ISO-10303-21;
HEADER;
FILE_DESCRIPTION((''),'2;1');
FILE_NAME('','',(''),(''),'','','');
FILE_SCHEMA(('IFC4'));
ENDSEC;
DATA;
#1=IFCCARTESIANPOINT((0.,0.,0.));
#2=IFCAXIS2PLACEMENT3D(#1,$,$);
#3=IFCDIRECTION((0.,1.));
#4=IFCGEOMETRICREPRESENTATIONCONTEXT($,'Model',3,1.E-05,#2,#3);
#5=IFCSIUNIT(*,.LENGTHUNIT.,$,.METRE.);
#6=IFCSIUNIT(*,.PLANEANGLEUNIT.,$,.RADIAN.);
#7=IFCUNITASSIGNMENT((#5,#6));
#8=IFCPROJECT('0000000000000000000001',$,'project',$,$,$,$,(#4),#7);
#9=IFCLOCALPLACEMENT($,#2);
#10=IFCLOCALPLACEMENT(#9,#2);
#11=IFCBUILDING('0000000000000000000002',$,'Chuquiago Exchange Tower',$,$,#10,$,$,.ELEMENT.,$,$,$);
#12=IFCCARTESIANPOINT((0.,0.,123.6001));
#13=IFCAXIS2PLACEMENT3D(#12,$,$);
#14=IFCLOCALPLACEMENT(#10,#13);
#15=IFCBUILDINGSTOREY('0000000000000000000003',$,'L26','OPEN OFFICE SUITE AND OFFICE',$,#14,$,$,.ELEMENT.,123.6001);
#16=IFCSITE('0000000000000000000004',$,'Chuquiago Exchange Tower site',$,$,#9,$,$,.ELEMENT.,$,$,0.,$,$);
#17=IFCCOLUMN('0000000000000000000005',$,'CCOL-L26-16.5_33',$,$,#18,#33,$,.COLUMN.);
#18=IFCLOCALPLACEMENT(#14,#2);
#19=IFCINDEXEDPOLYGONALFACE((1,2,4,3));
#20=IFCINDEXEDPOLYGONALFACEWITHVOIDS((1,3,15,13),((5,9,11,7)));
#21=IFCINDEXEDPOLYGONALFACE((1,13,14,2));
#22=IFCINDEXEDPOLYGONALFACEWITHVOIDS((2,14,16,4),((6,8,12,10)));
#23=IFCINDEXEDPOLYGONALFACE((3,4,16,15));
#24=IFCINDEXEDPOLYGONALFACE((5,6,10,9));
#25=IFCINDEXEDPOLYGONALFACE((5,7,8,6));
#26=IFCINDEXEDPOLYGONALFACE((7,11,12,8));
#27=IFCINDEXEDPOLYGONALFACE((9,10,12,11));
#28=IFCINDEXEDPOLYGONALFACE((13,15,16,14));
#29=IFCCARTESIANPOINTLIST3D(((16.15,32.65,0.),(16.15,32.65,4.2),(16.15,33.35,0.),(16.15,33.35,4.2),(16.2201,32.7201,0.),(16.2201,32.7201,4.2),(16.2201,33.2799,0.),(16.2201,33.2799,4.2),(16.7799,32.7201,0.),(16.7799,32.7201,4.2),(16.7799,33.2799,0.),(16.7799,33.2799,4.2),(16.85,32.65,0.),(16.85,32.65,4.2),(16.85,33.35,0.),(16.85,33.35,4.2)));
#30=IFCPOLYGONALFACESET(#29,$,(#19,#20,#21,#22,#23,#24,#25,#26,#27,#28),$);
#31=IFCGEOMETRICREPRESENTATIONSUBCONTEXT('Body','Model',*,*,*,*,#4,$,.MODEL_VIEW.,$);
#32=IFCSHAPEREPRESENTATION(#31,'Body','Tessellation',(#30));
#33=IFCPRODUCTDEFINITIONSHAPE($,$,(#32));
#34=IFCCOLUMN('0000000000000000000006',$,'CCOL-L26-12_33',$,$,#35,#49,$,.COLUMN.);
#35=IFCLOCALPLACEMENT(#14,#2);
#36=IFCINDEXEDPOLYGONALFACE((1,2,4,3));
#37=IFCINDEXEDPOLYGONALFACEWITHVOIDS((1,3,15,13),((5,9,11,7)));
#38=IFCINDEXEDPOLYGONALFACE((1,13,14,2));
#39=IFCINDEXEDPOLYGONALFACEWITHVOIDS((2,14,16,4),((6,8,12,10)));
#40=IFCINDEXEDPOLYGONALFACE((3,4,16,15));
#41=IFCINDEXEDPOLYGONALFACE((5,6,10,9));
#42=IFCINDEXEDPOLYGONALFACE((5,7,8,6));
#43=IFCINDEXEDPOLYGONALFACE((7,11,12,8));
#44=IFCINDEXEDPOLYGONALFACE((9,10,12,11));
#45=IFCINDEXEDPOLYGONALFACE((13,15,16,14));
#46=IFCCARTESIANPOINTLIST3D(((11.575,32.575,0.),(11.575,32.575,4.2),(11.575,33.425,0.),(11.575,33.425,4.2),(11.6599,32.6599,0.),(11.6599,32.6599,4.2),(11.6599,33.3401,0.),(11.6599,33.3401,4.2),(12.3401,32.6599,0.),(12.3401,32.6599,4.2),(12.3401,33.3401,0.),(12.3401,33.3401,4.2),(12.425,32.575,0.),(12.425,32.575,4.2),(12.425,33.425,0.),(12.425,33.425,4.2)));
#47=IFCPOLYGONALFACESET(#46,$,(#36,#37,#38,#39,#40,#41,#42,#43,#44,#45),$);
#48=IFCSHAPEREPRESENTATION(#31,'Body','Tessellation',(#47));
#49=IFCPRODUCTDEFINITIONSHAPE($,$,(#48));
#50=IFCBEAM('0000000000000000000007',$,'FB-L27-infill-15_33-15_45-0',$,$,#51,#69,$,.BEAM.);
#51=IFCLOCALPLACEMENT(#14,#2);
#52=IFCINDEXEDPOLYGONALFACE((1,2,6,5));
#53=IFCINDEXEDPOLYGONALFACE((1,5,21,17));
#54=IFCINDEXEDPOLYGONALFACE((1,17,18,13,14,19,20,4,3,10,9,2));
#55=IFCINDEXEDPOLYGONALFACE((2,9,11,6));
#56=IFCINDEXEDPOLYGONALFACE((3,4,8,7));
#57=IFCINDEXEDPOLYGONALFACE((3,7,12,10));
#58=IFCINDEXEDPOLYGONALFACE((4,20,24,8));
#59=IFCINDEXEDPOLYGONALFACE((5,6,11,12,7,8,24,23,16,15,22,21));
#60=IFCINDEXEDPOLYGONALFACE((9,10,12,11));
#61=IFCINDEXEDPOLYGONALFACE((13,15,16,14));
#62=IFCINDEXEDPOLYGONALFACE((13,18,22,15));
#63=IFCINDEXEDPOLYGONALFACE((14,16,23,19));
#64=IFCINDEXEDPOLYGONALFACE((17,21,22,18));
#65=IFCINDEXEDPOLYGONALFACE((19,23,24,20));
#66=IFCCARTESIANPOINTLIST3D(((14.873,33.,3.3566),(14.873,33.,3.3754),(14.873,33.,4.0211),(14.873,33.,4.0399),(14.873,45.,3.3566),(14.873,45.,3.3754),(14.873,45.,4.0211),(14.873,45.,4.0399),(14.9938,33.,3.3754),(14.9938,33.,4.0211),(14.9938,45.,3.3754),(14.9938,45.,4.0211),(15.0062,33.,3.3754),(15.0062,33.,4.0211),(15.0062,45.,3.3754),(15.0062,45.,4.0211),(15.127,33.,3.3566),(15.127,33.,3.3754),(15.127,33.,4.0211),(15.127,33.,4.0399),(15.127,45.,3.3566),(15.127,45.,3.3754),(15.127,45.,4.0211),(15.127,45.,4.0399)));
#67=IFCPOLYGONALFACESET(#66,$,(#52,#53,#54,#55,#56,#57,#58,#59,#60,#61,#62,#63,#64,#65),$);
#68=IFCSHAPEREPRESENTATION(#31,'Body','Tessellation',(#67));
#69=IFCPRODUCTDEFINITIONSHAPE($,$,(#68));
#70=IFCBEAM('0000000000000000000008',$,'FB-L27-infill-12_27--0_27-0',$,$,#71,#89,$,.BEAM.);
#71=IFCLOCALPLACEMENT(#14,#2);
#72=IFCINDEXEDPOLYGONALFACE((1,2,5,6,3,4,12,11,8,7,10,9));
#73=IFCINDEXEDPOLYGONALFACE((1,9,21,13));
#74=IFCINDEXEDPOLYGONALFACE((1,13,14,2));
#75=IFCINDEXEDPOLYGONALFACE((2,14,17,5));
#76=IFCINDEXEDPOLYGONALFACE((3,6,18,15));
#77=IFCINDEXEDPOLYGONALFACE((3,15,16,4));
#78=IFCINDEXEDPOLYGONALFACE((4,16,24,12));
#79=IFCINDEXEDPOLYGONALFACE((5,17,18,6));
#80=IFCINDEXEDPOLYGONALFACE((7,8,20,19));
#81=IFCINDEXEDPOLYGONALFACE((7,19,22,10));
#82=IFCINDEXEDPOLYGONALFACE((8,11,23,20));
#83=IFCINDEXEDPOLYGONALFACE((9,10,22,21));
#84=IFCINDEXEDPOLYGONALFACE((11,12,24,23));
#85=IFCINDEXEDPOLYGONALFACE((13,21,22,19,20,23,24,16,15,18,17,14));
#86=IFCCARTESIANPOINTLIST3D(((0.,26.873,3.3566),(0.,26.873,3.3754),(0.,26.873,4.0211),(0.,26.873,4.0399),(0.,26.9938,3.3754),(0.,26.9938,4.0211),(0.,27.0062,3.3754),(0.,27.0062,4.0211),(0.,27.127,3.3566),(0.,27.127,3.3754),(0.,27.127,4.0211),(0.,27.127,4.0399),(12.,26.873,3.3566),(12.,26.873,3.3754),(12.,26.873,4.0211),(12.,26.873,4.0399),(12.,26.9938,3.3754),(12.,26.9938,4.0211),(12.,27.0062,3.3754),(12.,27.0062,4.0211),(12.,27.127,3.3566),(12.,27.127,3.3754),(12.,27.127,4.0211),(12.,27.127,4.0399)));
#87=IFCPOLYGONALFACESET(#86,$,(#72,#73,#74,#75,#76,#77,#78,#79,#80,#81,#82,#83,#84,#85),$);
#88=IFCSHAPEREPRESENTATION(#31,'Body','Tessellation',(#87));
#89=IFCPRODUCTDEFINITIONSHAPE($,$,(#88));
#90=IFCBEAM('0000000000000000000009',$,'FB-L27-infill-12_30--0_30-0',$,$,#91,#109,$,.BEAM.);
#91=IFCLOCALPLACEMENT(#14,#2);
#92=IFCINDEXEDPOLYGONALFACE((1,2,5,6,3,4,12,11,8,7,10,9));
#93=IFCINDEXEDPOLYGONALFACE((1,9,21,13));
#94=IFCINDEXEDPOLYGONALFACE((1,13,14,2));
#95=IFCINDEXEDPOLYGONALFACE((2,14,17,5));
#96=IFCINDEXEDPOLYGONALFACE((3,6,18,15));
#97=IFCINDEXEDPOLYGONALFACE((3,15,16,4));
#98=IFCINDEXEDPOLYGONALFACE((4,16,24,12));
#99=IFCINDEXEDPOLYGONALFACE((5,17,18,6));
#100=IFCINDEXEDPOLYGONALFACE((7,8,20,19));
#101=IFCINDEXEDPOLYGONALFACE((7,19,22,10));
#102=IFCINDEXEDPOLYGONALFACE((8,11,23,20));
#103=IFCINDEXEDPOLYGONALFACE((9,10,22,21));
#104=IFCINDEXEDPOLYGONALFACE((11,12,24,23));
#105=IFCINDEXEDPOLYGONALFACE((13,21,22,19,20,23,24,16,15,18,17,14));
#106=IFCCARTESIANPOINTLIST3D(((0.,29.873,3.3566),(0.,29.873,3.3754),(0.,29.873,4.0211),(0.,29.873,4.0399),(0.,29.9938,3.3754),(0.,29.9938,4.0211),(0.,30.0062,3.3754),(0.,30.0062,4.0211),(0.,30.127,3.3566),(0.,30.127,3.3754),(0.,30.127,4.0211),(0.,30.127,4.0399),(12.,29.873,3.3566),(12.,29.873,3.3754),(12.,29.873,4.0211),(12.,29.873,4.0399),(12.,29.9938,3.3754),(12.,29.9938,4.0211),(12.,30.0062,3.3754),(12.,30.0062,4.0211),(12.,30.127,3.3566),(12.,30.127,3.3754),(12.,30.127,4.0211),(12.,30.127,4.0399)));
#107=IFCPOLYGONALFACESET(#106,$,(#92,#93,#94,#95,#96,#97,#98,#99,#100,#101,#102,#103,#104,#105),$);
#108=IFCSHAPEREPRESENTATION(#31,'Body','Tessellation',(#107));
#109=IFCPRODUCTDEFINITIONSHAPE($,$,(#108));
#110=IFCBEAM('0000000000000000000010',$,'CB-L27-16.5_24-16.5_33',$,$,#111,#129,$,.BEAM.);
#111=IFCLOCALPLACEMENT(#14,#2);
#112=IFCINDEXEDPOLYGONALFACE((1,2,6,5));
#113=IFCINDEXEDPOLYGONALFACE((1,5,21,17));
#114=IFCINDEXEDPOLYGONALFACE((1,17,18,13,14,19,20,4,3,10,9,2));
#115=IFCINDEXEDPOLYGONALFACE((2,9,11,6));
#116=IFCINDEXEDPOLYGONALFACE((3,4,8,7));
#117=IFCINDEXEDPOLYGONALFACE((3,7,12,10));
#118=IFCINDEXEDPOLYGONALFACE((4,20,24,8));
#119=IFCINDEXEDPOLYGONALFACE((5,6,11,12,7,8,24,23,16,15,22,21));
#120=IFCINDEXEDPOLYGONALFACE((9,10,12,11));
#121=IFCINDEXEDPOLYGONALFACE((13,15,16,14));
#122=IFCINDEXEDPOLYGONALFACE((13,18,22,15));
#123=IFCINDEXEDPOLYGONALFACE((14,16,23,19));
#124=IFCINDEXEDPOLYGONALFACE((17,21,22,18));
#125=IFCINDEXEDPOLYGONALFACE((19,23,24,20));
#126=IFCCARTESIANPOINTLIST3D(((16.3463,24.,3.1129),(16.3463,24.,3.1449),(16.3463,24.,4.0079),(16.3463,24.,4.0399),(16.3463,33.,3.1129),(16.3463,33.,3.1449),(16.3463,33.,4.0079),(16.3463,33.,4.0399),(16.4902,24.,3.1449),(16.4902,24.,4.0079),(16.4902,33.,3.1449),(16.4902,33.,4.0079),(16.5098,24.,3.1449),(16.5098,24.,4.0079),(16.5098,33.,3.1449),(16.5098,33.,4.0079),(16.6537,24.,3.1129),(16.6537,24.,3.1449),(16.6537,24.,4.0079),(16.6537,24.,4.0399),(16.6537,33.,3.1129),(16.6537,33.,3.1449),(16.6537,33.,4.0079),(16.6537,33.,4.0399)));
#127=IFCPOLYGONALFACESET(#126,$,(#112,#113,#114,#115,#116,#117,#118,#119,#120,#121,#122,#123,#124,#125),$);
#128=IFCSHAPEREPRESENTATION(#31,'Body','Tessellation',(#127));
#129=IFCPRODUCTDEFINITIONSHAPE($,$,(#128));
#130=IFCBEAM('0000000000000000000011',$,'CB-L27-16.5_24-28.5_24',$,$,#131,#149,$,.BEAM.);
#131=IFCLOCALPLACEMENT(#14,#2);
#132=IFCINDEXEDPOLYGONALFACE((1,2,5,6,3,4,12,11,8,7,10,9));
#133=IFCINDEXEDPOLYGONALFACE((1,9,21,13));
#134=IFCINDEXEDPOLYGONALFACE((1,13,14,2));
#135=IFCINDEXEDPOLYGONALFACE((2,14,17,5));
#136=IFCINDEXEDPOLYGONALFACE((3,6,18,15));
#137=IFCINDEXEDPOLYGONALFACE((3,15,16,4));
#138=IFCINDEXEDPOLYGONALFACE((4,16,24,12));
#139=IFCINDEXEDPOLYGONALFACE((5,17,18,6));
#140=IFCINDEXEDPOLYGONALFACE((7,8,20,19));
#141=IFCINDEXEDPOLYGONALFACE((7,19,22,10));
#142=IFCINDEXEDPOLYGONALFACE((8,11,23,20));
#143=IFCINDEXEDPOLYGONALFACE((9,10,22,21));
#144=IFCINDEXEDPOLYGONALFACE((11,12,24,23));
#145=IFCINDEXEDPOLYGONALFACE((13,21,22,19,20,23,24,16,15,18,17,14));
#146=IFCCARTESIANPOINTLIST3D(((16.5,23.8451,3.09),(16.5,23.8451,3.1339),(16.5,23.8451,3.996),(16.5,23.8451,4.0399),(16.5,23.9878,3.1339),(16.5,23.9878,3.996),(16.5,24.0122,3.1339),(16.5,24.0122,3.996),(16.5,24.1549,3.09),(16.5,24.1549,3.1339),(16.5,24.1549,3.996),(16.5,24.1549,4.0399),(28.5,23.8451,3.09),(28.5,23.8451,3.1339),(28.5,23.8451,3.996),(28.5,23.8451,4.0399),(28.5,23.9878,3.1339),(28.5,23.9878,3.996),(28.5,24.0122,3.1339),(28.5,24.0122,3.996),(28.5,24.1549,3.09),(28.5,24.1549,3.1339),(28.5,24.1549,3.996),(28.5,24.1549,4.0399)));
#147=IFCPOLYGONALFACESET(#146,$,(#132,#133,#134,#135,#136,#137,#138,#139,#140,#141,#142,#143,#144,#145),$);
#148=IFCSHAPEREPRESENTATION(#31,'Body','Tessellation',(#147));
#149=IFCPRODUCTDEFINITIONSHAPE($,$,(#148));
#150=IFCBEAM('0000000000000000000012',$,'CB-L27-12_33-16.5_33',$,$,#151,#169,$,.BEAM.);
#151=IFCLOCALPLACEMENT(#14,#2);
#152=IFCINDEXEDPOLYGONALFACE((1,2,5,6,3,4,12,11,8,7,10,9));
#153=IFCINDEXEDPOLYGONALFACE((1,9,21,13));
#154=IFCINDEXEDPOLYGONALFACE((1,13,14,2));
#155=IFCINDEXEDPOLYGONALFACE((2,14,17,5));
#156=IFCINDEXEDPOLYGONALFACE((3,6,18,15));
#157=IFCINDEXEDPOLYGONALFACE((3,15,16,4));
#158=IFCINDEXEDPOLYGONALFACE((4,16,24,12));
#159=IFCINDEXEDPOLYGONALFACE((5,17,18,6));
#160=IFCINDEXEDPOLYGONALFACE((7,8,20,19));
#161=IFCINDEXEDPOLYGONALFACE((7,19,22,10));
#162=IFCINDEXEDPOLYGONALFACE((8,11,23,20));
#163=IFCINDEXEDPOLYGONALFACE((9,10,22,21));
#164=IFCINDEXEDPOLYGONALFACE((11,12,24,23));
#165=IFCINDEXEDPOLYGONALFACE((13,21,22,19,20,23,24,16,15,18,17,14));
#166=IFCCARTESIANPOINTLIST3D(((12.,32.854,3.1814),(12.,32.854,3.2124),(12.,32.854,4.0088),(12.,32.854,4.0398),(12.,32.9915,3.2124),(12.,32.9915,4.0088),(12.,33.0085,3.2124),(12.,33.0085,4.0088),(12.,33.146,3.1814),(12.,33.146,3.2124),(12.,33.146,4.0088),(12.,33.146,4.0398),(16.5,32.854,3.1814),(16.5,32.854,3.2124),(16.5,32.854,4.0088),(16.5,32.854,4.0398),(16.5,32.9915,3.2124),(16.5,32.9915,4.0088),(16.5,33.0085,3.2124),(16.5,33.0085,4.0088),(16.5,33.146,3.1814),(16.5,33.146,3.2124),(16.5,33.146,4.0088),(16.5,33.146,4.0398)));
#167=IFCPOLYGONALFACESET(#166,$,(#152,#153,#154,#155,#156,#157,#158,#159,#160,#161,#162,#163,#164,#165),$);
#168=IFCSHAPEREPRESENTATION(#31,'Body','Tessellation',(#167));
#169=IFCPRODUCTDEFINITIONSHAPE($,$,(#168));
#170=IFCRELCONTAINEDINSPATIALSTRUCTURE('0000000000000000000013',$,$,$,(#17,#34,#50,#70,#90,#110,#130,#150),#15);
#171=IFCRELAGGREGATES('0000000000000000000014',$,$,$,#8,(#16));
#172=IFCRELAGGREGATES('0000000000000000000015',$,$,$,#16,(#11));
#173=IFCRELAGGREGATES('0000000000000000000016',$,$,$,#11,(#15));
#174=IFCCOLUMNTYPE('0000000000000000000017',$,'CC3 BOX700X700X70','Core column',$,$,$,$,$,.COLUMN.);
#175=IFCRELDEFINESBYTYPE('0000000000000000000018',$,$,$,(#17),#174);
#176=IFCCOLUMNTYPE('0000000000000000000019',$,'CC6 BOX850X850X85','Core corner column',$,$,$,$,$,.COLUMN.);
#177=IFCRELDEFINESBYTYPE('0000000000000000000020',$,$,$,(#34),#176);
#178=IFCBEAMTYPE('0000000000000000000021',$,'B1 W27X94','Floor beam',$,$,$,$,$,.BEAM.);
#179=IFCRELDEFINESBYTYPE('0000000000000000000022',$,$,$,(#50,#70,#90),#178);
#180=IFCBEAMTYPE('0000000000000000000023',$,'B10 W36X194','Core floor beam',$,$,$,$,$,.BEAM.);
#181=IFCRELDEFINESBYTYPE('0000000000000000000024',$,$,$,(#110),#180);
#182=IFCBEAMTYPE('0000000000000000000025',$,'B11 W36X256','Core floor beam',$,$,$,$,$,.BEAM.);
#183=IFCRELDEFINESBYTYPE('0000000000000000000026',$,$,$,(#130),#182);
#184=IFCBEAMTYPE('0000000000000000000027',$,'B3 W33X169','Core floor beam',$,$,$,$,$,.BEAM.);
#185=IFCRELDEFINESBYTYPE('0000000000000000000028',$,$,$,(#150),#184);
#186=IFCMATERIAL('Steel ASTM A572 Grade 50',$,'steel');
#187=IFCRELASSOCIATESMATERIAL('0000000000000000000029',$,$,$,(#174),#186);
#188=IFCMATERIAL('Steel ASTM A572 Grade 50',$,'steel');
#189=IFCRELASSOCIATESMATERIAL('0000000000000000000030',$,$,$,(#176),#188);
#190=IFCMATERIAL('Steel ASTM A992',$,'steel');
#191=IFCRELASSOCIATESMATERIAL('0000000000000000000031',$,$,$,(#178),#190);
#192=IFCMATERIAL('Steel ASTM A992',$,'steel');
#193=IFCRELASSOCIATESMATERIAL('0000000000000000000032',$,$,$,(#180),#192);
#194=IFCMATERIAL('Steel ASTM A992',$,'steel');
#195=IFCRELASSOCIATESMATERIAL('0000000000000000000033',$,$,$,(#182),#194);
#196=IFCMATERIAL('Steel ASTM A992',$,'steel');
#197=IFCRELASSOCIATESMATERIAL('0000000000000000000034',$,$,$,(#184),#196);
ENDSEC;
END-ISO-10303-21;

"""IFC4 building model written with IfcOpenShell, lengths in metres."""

from ifc_helpers import new_model, si_unit, direction, frame, origin, origin_2d, place, context, subcontext, project, spatial, hollow_rectangle, i_section, extrude, material, material_profile, profile_set, type_object, element, save


model = new_model("IFC4")

# Units and contexts
model_context = context("Model", 3, precision=1e-05, world=origin(), true_north=direction((0.0, 1.0)))
body_context = subcontext(model_context, "Body", "Model", "MODEL_VIEW")
ifc_project = project(units=[si_unit("LENGTHUNIT", "METRE"), si_unit("PLANEANGLEUNIT", "RADIAN")], contexts=[model_context])

# Site, building, storey
site_placement = place(None, origin())
site = spatial("IfcSite", under=ifc_project, at=site_placement, Name="Chuquiago Exchange Tower site", CompositionType="ELEMENT", RefElevation=0.0)
building_placement = place(site_placement, origin())
building = spatial("IfcBuilding", under=site, at=building_placement, Name="Chuquiago Exchange Tower", CompositionType="ELEMENT")
storey_placement = place(building_placement, frame((0.0, 0.0, 123.6001)))
storey = spatial("IfcBuildingStorey", under=building, at=storey_placement, Name="L26", Description="OPEN OFFICE SUITE AND OFFICE", CompositionType="ELEMENT", Elevation=123.6001)

# Columns
ifc_material_1 = material(Name="Steel ASTM A572 Grade 50", Category="steel")
ifc_material_profile_1 = material_profile(ifc_material_1, hollow_rectangle(XDim=0.7, YDim=0.7, WallThickness=0.0701, at=origin_2d()), Name="BOX700X700X70")
ifc_profile_set_1 = profile_set([ifc_material_profile_1], Name="Steel ASTM A572 Grade 50")
column_type_1 = type_object("IfcColumnType", Name="CC3 BOX700X700X70", Description="Core column", PredefinedType="COLUMN", material=ifc_profile_set_1)
column_1_placement = place(storey_placement, frame((16.5, 33.0, 0.0), z_axis=(0.0, 0.0, 1.0), x_axis=(1.0, 0.0, 0.0)))
element("IfcColumn", 1, at=column_1_placement, inside=storey, type_object=column_type_1, Name="CCOL-L26-16.5_33", PredefinedType="COLUMN", context=body_context, shape_type="SweptSolid", body=[
    extrude(hollow_rectangle(XDim=0.7, YDim=0.7, WallThickness=0.0701, at=origin_2d()), origin(), (0.0, 0.0, 1.0), 4.2),
])
ifc_material_2 = material(Name="Steel ASTM A572 Grade 50", Category="steel")
ifc_material_profile_2 = material_profile(ifc_material_2, hollow_rectangle(XDim=0.8501, YDim=0.8501, WallThickness=0.085, at=origin_2d()), Name="BOX850X850X85")
ifc_profile_set_2 = profile_set([ifc_material_profile_2], Name="Steel ASTM A572 Grade 50")
column_type_2 = type_object("IfcColumnType", Name="CC6 BOX850X850X85", Description="Core corner column", PredefinedType="COLUMN", material=ifc_profile_set_2)
column_2_placement = place(storey_placement, frame((12.0, 33.0, 0.0), z_axis=(0.0, 0.0, 1.0), x_axis=(1.0, 0.0, 0.0)))
element("IfcColumn", 2, at=column_2_placement, inside=storey, type_object=column_type_2, Name="CCOL-L26-12_33", PredefinedType="COLUMN", context=body_context, shape_type="SweptSolid", body=[
    extrude(hollow_rectangle(XDim=0.8501, YDim=0.8501, WallThickness=0.085, at=origin_2d()), origin(), (0.0, 0.0, 1.0), 4.2),
])

# Beams
ifc_material_3 = material(Name="Steel ASTM A992", Category="steel")
ifc_material_profile_3 = material_profile(ifc_material_3, i_section(OverallWidth=0.2539, OverallDepth=0.6833, WebThickness=0.0125, FlangeThickness=0.0188, at=origin_2d()), Name="W27X94")
ifc_profile_set_3 = profile_set([ifc_material_profile_3], Name="Steel ASTM A992")
beam_type_1 = type_object("IfcBeamType", Name="B1 W27X94", Description="Floor beam", PredefinedType="BEAM", material=ifc_profile_set_3)
for number, where, z_axis, x_axis, name in (
    (3, (15.0, 33.0, 3.6982), (0.0, 1.0, 0.0), (-1.0, 0.0, 0.0), "FB-L27-infill-15_33-15_45-0"),
    (4, (12.0, 27.0, 3.6982), (-1.0, 0.0, 0.0), (0.0, -1.0, 0.0), "FB-L27-infill-12_27--0_27-0"),
    (5, (12.0, 30.0, 3.6982), (-1.0, 0.0, 0.0), (0.0, -1.0, 0.0), "FB-L27-infill-12_30--0_30-0"),
):
    element("IfcBeam", number, at=place(storey_placement, frame(where, z_axis=z_axis, x_axis=x_axis)), inside=storey, type_object=beam_type_1, Name=name, PredefinedType="BEAM", context=body_context, shape_type="SweptSolid", body=[
        extrude(i_section(OverallWidth=0.2539, OverallDepth=0.6833, WebThickness=0.0125, FlangeThickness=0.0188, at=origin_2d()), origin(), (0.0, 0.0, 1.0), 12.0),
    ])
ifc_material_4 = material(Name="Steel ASTM A992", Category="steel")
ifc_material_profile_4 = material_profile(ifc_material_4, i_section(OverallWidth=0.3074, OverallDepth=0.927, WebThickness=0.0195, FlangeThickness=0.032, at=origin_2d()), Name="W36X194")
ifc_profile_set_4 = profile_set([ifc_material_profile_4], Name="Steel ASTM A992")
beam_type_2 = type_object("IfcBeamType", Name="B10 W36X194", Description="Core floor beam", PredefinedType="BEAM", material=ifc_profile_set_4)
beam_1_placement = place(storey_placement, frame((16.5, 24.0, 3.5764), z_axis=(0.0, 1.0, 0.0), x_axis=(-1.0, 0.0, 0.0)))
element("IfcBeam", 6, at=beam_1_placement, inside=storey, type_object=beam_type_2, Name="CB-L27-16.5_24-16.5_33", PredefinedType="BEAM", context=body_context, shape_type="SweptSolid", body=[
    extrude(i_section(OverallWidth=0.3074, OverallDepth=0.927, WebThickness=0.0195, FlangeThickness=0.032, at=origin_2d()), origin(), (0.0, 0.0, 1.0), 9.0),
])
ifc_material_5 = material(Name="Steel ASTM A992", Category="steel")
ifc_material_profile_5 = material_profile(ifc_material_5, i_section(OverallWidth=0.3098, OverallDepth=0.95, WebThickness=0.0244, FlangeThickness=0.0439, at=origin_2d()), Name="W36X256")
ifc_profile_set_5 = profile_set([ifc_material_profile_5], Name="Steel ASTM A992")
beam_type_3 = type_object("IfcBeamType", Name="B11 W36X256", Description="Core floor beam", PredefinedType="BEAM", material=ifc_profile_set_5)
beam_2_placement = place(storey_placement, frame((16.5, 24.0, 3.5649), z_axis=(1.0, 0.0, 0.0), x_axis=(0.0, 1.0, 0.0)))
element("IfcBeam", 7, at=beam_2_placement, inside=storey, type_object=beam_type_3, Name="CB-L27-16.5_24-28.5_24", PredefinedType="BEAM", context=body_context, shape_type="SweptSolid", body=[
    extrude(i_section(OverallWidth=0.3098, OverallDepth=0.95, WebThickness=0.0244, FlangeThickness=0.0439, at=origin_2d()), origin(), (0.0, 0.0, 1.0), 12.0),
])
ifc_material_6 = material(Name="Steel ASTM A992", Category="steel")
ifc_material_profile_6 = material_profile(ifc_material_6, i_section(OverallWidth=0.292, OverallDepth=0.8584, WebThickness=0.0171, FlangeThickness=0.031, at=origin_2d()), Name="W33X169")
ifc_profile_set_6 = profile_set([ifc_material_profile_6], Name="Steel ASTM A992")
beam_type_4 = type_object("IfcBeamType", Name="B3 W33X169", Description="Core floor beam", PredefinedType="BEAM", material=ifc_profile_set_6)
beam_3_placement = place(storey_placement, frame((12.0, 33.0, 3.6106), z_axis=(1.0, 0.0, 0.0), x_axis=(0.0, 1.0, 0.0)))
element("IfcBeam", 8, at=beam_3_placement, inside=storey, type_object=beam_type_4, Name="CB-L27-12_33-16.5_33", PredefinedType="BEAM", context=body_context, shape_type="SweptSolid", body=[
    extrude(i_section(OverallWidth=0.292, OverallDepth=0.8584, WebThickness=0.0171, FlangeThickness=0.031, at=origin_2d()), origin(), (0.0, 0.0, 1.0), 4.5),
])

save(model, "model.ifc")
